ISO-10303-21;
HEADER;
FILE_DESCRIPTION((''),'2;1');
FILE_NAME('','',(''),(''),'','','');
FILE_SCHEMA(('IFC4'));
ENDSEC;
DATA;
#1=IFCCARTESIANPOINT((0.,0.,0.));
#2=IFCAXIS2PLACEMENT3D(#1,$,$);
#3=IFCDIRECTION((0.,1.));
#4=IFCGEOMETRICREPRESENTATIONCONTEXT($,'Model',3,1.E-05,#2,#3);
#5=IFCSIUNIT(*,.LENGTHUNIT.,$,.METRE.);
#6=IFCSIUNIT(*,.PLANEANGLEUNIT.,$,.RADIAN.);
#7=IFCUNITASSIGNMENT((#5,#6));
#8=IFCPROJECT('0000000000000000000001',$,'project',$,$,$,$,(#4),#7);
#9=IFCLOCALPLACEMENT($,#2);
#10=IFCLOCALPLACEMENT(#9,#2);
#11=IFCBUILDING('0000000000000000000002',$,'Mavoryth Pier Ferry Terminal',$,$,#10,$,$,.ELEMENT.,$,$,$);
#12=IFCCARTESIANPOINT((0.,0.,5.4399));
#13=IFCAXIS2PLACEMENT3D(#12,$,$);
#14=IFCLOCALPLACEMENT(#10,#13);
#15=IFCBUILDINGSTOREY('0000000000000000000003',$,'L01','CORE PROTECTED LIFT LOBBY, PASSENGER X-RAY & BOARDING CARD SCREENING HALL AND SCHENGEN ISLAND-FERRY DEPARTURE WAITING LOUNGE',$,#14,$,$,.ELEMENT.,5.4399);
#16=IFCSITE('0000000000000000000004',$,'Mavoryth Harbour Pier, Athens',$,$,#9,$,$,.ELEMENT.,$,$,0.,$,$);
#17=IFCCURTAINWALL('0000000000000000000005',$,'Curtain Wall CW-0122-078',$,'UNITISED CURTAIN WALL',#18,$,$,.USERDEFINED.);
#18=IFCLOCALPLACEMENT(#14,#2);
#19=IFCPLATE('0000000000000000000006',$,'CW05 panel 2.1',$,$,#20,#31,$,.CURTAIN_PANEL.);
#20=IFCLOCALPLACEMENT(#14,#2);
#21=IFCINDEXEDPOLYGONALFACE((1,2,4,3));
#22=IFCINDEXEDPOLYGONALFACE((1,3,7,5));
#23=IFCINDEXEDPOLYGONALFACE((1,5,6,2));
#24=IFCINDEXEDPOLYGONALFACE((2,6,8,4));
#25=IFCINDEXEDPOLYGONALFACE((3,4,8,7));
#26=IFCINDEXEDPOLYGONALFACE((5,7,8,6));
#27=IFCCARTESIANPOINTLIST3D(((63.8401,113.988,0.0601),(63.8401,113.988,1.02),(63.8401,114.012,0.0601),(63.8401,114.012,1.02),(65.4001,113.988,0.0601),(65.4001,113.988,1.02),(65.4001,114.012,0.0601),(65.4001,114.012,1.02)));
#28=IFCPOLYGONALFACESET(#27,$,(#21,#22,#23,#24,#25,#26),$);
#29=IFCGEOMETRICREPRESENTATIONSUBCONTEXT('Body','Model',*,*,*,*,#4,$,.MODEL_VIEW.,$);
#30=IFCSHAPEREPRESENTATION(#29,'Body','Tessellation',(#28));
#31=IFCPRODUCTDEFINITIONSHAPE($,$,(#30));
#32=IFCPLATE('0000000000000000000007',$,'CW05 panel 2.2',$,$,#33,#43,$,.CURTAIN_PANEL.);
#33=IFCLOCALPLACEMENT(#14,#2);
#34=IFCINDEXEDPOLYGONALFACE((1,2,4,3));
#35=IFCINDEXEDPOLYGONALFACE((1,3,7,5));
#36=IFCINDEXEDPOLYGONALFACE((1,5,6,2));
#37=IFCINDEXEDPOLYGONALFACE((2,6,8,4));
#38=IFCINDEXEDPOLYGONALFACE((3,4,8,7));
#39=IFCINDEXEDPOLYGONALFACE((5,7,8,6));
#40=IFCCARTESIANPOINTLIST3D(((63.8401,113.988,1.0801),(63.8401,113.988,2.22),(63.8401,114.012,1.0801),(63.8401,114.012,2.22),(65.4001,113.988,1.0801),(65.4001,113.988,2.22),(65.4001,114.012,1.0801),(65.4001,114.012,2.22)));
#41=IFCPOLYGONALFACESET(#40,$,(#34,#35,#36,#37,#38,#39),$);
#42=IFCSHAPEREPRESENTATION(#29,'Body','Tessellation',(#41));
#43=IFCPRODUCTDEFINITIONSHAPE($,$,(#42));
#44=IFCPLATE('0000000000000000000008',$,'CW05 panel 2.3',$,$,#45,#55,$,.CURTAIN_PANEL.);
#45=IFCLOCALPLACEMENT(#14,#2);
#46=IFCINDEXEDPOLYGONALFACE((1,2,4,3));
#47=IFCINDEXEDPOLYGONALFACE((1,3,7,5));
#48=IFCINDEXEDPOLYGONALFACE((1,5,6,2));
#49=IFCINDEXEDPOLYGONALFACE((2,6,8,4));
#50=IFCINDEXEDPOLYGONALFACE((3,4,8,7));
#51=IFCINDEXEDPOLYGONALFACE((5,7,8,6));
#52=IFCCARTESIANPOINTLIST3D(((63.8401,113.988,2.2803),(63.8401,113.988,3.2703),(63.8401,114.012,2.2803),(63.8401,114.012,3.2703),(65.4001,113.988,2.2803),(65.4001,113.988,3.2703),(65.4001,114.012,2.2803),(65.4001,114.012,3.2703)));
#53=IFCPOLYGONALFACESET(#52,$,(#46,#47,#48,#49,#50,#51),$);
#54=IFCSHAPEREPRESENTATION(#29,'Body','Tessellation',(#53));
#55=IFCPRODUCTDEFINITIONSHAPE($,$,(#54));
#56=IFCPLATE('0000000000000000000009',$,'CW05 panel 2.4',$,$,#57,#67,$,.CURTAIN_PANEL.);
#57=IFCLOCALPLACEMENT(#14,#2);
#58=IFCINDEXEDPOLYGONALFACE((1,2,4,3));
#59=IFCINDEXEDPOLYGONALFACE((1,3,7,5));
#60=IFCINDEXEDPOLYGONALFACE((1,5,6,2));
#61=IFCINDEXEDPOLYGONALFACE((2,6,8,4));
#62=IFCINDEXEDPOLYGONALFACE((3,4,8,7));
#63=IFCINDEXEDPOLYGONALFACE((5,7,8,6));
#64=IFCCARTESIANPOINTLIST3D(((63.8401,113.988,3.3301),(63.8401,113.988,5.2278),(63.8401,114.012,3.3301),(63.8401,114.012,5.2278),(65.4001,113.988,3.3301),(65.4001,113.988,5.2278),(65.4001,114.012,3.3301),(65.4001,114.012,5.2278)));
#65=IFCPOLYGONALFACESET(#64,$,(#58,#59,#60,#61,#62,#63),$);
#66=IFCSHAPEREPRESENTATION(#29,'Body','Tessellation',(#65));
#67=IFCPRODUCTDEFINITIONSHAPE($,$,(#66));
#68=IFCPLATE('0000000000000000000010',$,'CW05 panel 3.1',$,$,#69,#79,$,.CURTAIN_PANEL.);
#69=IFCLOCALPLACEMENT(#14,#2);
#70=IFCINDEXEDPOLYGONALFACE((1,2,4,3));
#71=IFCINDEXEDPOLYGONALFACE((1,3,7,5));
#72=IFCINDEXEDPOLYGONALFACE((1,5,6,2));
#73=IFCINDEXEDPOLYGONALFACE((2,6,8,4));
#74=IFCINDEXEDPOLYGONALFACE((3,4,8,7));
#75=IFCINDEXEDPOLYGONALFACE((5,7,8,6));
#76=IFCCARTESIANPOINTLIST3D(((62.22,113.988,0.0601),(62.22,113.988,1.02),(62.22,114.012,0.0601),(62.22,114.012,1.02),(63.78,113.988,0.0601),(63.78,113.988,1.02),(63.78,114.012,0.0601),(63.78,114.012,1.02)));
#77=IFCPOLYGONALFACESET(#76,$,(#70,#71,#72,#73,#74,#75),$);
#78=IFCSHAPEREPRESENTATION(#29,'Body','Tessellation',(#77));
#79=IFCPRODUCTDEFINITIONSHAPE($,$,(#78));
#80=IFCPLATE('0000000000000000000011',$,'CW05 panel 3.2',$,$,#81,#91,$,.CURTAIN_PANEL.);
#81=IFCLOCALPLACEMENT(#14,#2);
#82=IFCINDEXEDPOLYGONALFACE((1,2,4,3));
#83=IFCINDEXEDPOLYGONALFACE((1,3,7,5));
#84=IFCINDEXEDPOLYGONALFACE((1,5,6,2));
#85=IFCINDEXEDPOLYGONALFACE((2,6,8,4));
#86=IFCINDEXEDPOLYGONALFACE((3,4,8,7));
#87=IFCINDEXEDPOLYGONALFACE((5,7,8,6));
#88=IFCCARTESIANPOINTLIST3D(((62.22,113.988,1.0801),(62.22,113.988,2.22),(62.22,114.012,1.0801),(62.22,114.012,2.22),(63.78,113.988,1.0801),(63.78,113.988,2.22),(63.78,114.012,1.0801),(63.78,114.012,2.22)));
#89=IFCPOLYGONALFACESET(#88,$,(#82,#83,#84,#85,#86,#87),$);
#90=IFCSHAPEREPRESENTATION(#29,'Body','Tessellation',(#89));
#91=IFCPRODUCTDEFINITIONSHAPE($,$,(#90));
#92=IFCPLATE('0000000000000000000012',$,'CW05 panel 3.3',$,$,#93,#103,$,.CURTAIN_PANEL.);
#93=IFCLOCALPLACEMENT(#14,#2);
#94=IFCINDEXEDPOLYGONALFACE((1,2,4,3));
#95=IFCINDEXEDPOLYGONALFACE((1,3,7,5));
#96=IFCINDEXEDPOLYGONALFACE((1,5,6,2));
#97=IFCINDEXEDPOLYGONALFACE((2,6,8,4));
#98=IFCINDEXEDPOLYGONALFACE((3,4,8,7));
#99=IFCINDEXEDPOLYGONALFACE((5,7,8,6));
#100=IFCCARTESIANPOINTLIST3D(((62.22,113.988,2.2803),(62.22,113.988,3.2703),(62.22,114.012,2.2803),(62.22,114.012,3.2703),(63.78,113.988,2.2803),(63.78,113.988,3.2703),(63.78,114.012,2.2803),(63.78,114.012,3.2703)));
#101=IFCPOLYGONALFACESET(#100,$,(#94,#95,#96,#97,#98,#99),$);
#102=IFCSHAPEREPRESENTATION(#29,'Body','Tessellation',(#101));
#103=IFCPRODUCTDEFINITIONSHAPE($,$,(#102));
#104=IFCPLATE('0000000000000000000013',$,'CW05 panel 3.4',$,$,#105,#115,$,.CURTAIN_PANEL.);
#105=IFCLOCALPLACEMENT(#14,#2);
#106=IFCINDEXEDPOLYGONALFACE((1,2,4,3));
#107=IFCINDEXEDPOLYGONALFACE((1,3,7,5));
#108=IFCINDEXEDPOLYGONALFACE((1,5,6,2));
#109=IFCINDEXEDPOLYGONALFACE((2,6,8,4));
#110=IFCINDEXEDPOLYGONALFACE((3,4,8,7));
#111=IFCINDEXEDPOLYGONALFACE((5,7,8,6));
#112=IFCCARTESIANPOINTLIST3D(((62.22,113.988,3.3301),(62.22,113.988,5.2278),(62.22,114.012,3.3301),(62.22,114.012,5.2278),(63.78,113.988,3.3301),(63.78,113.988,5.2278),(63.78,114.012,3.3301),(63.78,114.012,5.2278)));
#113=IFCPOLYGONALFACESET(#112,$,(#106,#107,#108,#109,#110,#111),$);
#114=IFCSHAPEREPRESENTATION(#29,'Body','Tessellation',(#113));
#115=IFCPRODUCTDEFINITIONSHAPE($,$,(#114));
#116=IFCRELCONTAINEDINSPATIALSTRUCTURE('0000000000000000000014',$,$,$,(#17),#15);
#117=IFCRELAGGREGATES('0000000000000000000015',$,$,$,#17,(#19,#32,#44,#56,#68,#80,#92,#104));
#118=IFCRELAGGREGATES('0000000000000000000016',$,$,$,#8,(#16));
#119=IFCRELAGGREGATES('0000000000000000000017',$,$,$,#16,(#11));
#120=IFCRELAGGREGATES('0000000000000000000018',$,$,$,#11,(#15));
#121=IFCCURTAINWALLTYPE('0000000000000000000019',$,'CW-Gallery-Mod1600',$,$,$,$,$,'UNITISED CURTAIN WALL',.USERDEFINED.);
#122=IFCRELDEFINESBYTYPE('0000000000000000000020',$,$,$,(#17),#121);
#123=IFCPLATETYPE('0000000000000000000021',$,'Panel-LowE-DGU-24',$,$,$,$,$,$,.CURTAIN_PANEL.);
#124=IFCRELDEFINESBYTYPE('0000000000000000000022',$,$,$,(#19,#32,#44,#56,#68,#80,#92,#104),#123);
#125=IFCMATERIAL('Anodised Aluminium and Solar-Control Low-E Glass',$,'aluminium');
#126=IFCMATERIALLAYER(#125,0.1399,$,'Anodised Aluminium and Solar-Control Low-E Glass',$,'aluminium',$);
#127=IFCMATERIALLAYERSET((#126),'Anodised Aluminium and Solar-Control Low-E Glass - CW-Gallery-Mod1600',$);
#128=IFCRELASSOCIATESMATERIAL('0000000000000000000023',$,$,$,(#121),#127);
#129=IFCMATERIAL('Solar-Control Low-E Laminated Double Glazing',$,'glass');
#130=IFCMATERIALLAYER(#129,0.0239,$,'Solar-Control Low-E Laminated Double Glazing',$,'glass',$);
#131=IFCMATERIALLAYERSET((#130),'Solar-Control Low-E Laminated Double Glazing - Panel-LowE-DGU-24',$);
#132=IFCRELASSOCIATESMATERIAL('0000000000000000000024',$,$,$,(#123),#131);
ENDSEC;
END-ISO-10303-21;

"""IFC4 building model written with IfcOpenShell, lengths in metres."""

from ifc_helpers import new_model, si_unit, direction, frame, origin, origin_2d, place, context, subcontext, project, spatial, rectangle, extrude, material, layer, layer_set, type_object, element, aggregate, save


model = new_model("IFC4")

# Units and contexts
model_context = context("Model", 3, precision=1e-05, world=origin(), true_north=direction((0.0, 1.0)))
body_context = subcontext(model_context, "Body", "Model", "MODEL_VIEW")
ifc_project = project(units=[si_unit("LENGTHUNIT", "METRE"), si_unit("PLANEANGLEUNIT", "RADIAN")], contexts=[model_context])

# Site, building, storey
site_placement = place(None, origin())
site = spatial("IfcSite", under=ifc_project, at=site_placement, Name="Mavoryth Harbour Pier, Athens", CompositionType="ELEMENT", RefElevation=0.0)
building_placement = place(site_placement, origin())
building = spatial("IfcBuilding", under=site, at=building_placement, Name="Mavoryth Pier Ferry Terminal", CompositionType="ELEMENT")
storey_placement = place(building_placement, frame((0.0, 0.0, 5.4399)))
storey = spatial("IfcBuildingStorey", under=building, at=storey_placement, Name="L01", Description="CORE PROTECTED LIFT LOBBY, PASSENGER X-RAY & BOARDING CARD SCREENING HALL AND SCHENGEN ISLAND-FERRY DEPARTURE WAITING LOUNGE", CompositionType="ELEMENT", Elevation=5.4399)

# Curtain wall
ifc_material_1 = material(Name="Anodised Aluminium and Solar-Control Low-E Glass", Category="aluminium")
ifc_layer_1 = layer(ifc_material_1, 0.1399, Name="Anodised Aluminium and Solar-Control Low-E Glass", Category="aluminium")
ifc_layer_set_1 = layer_set([ifc_layer_1], Name="Anodised Aluminium and Solar-Control Low-E Glass - CW-Gallery-Mod1600")
curtain_wall_type = type_object("IfcCurtainWallType", Name="CW-Gallery-Mod1600", ElementType="UNITISED CURTAIN WALL", PredefinedType="USERDEFINED", material=ifc_layer_set_1)
curtain_wall_placement = place(storey_placement, origin())
curtain_wall = element("IfcCurtainWall", 1, at=curtain_wall_placement, inside=storey, type_object=curtain_wall_type, Name="Curtain Wall CW-0122-078", ObjectType="UNITISED CURTAIN WALL", PredefinedType="USERDEFINED")

# Plates
ifc_material_2 = material(Name="Solar-Control Low-E Laminated Double Glazing", Category="glass")
ifc_layer_2 = layer(ifc_material_2, 0.0239, Name="Solar-Control Low-E Laminated Double Glazing", Category="glass")
ifc_layer_set_2 = layer_set([ifc_layer_2], Name="Solar-Control Low-E Laminated Double Glazing - Panel-LowE-DGU-24")
plate_type = type_object("IfcPlateType", Name="Panel-LowE-DGU-24", PredefinedType="CURTAIN_PANEL", material=ifc_layer_set_2)
plate_1_placement = place(storey_placement, frame((64.6201, 114.0, 0.0601), z_axis=(0.0, 0.0, 1.0), x_axis=(-1.0, 0.0, 0.0)))
plate_1 = element("IfcPlate", 2, at=plate_1_placement, type_object=plate_type, Name="CW05 panel 2.1", PredefinedType="CURTAIN_PANEL", context=body_context, shape_type="SweptSolid", body=[
    extrude(rectangle(XDim=1.5601, YDim=0.0239, at=origin_2d()), origin(), (0.0, 0.0, 1.0), 0.96),
])
plate_2_placement = place(storey_placement, frame((64.6201, 114.0, 1.0801), z_axis=(0.0, 0.0, 1.0), x_axis=(-1.0, 0.0, 0.0)))
plate_2 = element("IfcPlate", 3, at=plate_2_placement, type_object=plate_type, Name="CW05 panel 2.2", PredefinedType="CURTAIN_PANEL", context=body_context, shape_type="SweptSolid", body=[
    extrude(rectangle(XDim=1.5601, YDim=0.0239, at=origin_2d()), origin(), (0.0, 0.0, 1.0), 1.1399),
])
plate_3_placement = place(storey_placement, frame((64.6201, 114.0, 2.2803), z_axis=(0.0, 0.0, 1.0), x_axis=(-1.0, 0.0, 0.0)))
plate_3 = element("IfcPlate", 4, at=plate_3_placement, type_object=plate_type, Name="CW05 panel 2.3", PredefinedType="CURTAIN_PANEL", context=body_context, shape_type="SweptSolid", body=[
    extrude(rectangle(XDim=1.5601, YDim=0.0239, at=origin_2d()), origin(), (0.0, 0.0, 1.0), 0.99),
])
plate_4_placement = place(storey_placement, frame((64.6201, 114.0, 3.3301), z_axis=(0.0, 0.0, 1.0), x_axis=(-1.0, 0.0, 0.0)))
plate_4 = element("IfcPlate", 5, at=plate_4_placement, type_object=plate_type, Name="CW05 panel 2.4", PredefinedType="CURTAIN_PANEL", context=body_context, shape_type="SweptSolid", body=[
    extrude(rectangle(XDim=1.5601, YDim=0.0239, at=origin_2d()), origin(), (0.0, 0.0, 1.0), 1.8977),
])
plate_5_placement = place(storey_placement, frame((63.0, 114.0, 0.0601), z_axis=(0.0, 0.0, 1.0), x_axis=(-1.0, 0.0, 0.0)))
plate_5 = element("IfcPlate", 6, at=plate_5_placement, type_object=plate_type, Name="CW05 panel 3.1", PredefinedType="CURTAIN_PANEL", context=body_context, shape_type="SweptSolid", body=[
    extrude(rectangle(XDim=1.5601, YDim=0.0239, at=origin_2d()), origin(), (0.0, 0.0, 1.0), 0.96),
])
plate_6_placement = place(storey_placement, frame((63.0, 114.0, 1.0801), z_axis=(0.0, 0.0, 1.0), x_axis=(-1.0, 0.0, 0.0)))
plate_6 = element("IfcPlate", 7, at=plate_6_placement, type_object=plate_type, Name="CW05 panel 3.2", PredefinedType="CURTAIN_PANEL", context=body_context, shape_type="SweptSolid", body=[
    extrude(rectangle(XDim=1.5601, YDim=0.0239, at=origin_2d()), origin(), (0.0, 0.0, 1.0), 1.1399),
])
plate_7_placement = place(storey_placement, frame((63.0, 114.0, 2.2803), z_axis=(0.0, 0.0, 1.0), x_axis=(-1.0, 0.0, 0.0)))
plate_7 = element("IfcPlate", 8, at=plate_7_placement, type_object=plate_type, Name="CW05 panel 3.3", PredefinedType="CURTAIN_PANEL", context=body_context, shape_type="SweptSolid", body=[
    extrude(rectangle(XDim=1.5601, YDim=0.0239, at=origin_2d()), origin(), (0.0, 0.0, 1.0), 0.99),
])
plate_8_placement = place(storey_placement, frame((63.0, 114.0, 3.3301), z_axis=(0.0, 0.0, 1.0), x_axis=(-1.0, 0.0, 0.0)))
plate_8 = element("IfcPlate", 9, at=plate_8_placement, type_object=plate_type, Name="CW05 panel 3.4", PredefinedType="CURTAIN_PANEL", context=body_context, shape_type="SweptSolid", body=[
    extrude(rectangle(XDim=1.5601, YDim=0.0239, at=origin_2d()), origin(), (0.0, 0.0, 1.0), 1.8977),
])
aggregate(curtain_wall, [plate_1, plate_2, plate_3, plate_4, plate_5, plate_6, plate_7, plate_8])

save(model, "model.ifc")
